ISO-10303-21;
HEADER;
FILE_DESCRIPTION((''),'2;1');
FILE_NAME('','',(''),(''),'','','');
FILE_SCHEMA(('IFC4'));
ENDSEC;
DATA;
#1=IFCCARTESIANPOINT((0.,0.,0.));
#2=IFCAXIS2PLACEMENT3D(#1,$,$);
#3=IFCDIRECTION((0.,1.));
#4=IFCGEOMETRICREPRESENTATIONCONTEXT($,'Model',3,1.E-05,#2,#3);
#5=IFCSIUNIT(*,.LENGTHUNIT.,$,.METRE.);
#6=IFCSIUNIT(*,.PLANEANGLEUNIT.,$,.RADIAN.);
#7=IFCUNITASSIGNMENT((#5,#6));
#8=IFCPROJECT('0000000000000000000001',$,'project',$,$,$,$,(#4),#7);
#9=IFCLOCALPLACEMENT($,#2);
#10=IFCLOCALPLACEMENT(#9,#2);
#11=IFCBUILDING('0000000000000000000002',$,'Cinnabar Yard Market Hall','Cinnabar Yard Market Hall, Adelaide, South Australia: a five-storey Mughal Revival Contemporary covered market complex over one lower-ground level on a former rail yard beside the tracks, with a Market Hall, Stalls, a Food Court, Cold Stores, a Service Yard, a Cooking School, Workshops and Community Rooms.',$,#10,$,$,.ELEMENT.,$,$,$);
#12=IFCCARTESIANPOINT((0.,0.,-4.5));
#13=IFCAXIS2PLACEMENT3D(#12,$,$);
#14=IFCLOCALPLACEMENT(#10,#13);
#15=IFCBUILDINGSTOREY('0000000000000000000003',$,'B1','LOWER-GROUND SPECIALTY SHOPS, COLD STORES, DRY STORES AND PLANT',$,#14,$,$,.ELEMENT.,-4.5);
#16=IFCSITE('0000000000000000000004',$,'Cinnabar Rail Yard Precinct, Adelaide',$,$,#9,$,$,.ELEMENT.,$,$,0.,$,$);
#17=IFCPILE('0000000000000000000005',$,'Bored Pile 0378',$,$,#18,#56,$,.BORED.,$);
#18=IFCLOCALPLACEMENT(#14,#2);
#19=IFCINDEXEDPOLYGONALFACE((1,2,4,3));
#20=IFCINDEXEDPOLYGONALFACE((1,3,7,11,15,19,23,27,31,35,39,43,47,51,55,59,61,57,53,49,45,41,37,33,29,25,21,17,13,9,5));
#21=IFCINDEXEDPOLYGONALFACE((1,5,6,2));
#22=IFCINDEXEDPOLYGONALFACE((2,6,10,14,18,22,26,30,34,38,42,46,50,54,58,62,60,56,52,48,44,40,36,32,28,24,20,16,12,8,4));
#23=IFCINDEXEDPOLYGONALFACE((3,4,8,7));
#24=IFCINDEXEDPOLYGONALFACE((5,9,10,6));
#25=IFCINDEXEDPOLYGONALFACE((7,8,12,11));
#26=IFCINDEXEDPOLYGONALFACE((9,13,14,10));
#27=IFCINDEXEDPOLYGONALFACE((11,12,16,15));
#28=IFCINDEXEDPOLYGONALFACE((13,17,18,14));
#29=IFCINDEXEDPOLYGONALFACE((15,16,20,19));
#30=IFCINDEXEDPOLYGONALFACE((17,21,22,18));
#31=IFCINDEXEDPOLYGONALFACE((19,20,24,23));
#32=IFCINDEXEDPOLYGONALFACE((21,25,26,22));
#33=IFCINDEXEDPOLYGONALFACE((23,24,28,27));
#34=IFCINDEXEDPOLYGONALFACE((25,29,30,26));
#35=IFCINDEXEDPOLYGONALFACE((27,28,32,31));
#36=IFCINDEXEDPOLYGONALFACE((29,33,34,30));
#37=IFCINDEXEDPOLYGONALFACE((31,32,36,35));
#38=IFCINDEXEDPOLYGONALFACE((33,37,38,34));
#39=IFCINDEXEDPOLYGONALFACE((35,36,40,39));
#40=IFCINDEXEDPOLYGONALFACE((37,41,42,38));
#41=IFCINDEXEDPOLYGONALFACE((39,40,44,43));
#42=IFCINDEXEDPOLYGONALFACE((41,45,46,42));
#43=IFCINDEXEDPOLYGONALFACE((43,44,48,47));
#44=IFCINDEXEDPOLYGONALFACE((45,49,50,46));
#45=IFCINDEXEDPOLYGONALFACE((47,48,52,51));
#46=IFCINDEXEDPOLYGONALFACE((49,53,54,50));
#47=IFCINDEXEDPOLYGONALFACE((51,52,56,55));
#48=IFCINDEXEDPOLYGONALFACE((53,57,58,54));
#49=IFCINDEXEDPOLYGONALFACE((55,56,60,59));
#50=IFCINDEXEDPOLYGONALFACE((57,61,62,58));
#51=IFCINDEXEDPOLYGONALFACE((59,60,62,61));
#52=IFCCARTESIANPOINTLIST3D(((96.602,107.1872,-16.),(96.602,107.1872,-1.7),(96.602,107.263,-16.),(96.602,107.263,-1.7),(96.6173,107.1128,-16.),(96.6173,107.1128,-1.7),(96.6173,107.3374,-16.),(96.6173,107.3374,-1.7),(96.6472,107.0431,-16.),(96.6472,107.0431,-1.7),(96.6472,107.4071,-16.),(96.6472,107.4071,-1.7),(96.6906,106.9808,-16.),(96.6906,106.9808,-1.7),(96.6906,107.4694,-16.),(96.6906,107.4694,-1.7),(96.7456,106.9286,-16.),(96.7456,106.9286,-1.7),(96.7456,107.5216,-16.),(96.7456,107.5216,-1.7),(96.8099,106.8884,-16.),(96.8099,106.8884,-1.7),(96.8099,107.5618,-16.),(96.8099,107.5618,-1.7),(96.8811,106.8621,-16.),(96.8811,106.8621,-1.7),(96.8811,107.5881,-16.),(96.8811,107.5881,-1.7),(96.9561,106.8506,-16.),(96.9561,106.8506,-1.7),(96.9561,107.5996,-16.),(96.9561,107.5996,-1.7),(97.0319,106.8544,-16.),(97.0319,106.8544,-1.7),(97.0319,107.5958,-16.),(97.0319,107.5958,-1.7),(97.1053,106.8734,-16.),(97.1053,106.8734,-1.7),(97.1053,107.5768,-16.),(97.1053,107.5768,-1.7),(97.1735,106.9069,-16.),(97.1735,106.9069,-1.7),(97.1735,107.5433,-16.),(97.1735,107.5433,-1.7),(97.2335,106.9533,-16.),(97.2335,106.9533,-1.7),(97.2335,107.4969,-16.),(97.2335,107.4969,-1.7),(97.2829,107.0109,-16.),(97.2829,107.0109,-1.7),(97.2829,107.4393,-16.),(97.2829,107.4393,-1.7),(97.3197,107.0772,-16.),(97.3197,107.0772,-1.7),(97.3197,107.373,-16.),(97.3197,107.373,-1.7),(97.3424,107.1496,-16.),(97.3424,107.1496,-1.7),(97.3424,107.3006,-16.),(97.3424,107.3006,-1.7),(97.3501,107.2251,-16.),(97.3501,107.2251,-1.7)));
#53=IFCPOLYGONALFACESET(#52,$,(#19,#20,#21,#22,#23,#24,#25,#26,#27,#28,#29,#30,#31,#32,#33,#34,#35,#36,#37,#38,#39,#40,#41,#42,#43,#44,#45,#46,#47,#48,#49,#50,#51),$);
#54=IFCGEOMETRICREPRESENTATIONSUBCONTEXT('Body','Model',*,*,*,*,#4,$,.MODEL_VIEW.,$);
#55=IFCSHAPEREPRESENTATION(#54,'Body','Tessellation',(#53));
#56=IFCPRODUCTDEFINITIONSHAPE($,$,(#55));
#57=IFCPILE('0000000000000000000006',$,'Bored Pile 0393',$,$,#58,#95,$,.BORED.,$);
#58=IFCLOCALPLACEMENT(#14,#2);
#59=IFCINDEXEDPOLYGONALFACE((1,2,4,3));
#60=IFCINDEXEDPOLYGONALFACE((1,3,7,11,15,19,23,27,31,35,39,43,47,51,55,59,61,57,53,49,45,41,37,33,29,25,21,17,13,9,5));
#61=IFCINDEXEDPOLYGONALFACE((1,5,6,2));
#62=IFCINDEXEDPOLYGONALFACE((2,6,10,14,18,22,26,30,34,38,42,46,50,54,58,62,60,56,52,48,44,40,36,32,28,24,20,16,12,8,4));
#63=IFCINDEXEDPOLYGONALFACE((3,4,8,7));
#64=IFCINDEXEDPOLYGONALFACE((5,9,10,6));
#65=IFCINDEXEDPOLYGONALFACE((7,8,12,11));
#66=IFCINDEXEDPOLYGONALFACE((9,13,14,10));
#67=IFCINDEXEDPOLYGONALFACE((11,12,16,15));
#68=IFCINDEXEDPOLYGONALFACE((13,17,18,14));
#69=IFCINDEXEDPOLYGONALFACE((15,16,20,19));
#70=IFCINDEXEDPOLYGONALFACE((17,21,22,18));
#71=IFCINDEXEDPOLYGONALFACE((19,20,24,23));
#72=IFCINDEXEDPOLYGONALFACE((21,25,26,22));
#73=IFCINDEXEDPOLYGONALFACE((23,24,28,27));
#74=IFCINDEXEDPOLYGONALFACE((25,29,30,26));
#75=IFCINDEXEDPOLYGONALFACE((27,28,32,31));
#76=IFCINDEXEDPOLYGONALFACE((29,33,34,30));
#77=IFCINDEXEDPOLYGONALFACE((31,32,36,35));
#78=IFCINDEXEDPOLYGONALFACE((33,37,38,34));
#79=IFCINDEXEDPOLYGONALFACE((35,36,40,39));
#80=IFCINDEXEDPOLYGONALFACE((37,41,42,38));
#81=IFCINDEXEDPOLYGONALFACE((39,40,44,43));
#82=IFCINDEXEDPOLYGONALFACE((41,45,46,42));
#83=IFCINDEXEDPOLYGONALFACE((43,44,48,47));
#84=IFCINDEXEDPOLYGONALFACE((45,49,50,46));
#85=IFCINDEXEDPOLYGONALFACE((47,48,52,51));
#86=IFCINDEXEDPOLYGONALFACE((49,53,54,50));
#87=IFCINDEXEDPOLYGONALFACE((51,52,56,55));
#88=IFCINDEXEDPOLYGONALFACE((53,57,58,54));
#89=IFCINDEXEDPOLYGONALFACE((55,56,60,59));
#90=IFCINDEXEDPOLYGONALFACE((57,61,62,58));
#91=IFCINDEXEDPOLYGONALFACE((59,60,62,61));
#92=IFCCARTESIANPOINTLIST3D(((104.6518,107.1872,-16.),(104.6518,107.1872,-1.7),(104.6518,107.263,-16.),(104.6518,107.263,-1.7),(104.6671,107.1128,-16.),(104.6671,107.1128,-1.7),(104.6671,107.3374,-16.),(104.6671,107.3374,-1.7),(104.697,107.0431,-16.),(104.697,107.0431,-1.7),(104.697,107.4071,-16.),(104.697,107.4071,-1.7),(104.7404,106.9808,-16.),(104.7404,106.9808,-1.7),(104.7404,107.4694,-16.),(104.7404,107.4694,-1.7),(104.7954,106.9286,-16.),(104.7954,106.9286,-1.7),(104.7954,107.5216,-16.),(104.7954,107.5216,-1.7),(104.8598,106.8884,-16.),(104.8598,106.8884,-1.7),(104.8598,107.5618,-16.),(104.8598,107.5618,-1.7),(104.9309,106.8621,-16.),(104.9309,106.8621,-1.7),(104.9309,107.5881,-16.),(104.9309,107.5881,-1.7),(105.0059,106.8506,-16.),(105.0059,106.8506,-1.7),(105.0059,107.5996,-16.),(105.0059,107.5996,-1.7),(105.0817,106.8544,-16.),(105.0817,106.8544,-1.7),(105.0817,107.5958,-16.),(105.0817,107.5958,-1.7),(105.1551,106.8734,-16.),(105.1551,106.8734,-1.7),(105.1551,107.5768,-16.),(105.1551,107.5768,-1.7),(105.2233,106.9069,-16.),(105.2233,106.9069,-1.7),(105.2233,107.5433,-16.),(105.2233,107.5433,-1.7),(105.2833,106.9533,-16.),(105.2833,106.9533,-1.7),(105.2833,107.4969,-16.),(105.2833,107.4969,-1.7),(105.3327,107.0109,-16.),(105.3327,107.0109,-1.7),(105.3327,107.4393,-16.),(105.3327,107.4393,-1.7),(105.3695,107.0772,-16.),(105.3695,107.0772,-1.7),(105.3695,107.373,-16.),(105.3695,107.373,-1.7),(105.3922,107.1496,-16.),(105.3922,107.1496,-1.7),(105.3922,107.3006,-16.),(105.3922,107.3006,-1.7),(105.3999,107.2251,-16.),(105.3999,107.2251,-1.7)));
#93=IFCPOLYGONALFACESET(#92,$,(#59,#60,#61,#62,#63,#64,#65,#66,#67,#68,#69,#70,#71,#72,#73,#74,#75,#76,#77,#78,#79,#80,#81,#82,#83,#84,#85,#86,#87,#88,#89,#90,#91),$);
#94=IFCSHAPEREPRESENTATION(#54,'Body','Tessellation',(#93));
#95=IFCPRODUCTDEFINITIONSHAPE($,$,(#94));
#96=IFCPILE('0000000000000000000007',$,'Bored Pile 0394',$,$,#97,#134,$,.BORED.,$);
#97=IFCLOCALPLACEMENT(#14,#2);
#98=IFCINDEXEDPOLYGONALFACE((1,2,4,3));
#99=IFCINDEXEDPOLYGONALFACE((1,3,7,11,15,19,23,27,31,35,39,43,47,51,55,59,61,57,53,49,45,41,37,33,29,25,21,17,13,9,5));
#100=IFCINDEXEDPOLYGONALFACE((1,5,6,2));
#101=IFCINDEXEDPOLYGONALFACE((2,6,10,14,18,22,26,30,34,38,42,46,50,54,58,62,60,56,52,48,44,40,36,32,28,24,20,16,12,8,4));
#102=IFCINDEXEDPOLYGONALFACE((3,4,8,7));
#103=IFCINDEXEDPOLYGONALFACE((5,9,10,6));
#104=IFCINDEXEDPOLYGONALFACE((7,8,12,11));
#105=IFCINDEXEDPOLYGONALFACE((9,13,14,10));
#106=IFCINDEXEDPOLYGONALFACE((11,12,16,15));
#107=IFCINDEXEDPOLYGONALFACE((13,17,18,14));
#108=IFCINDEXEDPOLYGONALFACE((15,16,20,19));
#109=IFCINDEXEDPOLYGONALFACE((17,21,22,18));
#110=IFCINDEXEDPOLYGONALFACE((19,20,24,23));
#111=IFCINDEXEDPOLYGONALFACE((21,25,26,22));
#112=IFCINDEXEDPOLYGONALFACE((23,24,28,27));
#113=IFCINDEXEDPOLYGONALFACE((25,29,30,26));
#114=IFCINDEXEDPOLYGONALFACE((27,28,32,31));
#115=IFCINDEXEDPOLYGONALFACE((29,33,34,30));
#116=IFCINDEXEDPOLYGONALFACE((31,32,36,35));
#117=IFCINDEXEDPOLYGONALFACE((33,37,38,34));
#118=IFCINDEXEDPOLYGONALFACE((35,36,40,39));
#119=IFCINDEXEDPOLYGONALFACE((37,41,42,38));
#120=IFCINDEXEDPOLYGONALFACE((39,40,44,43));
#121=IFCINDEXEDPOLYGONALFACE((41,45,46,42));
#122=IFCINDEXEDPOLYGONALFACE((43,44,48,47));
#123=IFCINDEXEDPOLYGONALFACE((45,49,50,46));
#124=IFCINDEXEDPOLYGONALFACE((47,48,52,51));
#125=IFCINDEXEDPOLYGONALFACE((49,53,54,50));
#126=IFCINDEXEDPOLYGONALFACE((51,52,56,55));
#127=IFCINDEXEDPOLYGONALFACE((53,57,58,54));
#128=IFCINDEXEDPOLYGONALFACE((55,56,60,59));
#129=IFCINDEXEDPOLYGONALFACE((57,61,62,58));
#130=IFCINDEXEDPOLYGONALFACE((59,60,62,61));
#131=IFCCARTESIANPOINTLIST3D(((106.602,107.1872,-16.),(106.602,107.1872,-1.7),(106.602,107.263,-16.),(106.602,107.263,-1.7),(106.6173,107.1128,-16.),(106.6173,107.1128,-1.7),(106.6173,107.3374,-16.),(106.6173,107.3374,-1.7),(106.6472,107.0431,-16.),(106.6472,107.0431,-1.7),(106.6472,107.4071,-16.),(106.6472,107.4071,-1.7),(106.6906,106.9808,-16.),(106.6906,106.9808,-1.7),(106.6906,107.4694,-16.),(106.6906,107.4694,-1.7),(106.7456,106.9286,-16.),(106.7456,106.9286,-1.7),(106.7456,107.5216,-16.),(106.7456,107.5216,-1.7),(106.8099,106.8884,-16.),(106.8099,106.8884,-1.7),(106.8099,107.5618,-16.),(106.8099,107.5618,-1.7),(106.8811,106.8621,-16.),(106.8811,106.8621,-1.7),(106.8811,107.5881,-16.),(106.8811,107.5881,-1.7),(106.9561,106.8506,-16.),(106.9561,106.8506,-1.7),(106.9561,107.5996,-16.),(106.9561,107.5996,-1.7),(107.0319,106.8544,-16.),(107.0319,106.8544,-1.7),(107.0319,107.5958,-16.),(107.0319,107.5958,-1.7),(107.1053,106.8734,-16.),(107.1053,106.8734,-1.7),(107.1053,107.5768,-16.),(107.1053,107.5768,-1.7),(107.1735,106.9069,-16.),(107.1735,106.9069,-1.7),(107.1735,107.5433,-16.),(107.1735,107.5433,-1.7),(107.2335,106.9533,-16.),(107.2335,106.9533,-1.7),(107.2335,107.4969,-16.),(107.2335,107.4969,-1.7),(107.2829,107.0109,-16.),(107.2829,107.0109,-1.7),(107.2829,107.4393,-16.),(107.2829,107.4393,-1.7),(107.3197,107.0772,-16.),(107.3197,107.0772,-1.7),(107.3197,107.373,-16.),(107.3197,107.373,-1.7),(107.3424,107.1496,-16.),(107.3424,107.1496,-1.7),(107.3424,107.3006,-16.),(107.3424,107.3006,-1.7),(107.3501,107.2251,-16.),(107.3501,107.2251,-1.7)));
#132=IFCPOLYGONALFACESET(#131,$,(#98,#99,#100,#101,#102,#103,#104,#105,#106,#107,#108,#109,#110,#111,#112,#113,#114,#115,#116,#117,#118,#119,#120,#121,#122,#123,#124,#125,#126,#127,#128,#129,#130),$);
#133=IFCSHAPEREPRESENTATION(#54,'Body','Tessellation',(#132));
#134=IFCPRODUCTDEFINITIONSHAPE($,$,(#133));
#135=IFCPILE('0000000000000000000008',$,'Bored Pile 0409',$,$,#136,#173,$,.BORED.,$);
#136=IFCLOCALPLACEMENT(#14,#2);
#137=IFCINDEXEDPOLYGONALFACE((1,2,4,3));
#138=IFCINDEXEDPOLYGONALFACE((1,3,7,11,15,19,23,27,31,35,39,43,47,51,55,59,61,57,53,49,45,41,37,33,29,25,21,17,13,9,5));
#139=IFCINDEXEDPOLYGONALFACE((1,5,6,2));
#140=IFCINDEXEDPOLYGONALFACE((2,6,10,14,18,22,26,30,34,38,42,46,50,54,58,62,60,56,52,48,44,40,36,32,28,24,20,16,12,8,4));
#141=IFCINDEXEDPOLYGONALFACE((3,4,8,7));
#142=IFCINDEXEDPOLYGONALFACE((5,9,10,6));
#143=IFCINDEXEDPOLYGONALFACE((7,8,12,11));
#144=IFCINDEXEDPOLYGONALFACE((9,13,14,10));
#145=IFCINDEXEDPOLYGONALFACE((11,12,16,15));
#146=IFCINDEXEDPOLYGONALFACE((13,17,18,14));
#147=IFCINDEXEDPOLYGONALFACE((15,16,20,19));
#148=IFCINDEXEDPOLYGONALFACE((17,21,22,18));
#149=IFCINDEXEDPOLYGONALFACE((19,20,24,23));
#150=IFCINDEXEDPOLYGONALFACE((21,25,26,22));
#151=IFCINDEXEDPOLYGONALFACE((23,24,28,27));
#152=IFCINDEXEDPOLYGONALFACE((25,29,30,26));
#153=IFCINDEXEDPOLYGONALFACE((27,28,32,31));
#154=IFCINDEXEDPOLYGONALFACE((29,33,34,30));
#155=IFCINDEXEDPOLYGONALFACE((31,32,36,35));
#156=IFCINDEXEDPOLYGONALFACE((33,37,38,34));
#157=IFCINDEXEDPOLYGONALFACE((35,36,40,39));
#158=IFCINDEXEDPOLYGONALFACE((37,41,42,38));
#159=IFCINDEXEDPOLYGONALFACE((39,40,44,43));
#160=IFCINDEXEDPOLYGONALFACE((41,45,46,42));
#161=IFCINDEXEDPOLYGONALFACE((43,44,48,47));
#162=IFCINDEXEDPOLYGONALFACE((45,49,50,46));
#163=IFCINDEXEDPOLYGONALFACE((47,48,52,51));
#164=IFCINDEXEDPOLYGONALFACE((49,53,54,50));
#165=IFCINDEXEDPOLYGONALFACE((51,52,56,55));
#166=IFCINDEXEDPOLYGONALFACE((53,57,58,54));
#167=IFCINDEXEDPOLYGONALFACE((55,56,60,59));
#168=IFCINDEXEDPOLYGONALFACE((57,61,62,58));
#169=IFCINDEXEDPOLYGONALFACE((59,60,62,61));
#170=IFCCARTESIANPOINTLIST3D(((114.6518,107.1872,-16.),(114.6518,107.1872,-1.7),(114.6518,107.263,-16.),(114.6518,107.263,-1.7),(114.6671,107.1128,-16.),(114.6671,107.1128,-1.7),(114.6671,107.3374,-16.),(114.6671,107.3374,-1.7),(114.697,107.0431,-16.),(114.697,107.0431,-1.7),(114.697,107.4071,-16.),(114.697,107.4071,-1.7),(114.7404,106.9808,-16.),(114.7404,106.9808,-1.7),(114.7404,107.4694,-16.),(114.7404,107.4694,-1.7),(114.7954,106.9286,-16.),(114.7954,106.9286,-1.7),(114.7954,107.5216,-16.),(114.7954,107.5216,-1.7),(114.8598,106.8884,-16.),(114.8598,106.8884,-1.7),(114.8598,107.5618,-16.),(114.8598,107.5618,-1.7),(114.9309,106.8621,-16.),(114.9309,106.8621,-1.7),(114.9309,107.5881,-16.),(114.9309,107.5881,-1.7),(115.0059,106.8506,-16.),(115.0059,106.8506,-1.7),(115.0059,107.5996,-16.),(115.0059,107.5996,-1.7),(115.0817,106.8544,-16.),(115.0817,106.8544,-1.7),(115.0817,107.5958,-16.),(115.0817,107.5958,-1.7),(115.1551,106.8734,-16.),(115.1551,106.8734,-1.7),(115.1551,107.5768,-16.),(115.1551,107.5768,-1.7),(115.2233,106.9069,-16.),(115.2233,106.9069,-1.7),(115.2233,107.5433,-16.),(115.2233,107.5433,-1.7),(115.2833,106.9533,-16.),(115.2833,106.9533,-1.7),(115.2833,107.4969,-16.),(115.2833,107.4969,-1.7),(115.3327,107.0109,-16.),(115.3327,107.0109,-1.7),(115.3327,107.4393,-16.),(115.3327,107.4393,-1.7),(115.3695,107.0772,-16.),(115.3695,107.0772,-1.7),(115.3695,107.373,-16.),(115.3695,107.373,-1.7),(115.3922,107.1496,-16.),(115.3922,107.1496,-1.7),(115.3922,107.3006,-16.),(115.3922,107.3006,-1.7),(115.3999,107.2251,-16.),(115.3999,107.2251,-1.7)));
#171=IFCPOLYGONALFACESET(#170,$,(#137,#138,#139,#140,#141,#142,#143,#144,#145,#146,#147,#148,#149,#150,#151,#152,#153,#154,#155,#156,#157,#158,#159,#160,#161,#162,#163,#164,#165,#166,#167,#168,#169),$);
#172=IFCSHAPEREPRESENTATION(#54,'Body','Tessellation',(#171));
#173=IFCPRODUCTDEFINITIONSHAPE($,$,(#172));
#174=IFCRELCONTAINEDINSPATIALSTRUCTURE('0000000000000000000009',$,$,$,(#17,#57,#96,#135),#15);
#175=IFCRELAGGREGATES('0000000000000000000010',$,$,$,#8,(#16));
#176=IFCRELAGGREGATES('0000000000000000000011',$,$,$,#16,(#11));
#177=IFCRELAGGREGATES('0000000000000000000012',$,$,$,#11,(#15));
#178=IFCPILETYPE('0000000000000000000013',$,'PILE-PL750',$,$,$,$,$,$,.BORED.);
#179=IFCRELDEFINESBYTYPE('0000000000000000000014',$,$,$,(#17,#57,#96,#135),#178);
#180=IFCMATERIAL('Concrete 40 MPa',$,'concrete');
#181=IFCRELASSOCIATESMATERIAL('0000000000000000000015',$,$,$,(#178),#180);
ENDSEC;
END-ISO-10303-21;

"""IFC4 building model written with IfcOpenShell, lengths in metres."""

from ifc_helpers import new_model, si_unit, direction, frame, origin, origin_2d_with_axis, place, context, subcontext, project, spatial, circle, extrude, material, material_profile, profile_set, type_object, element, save


model = new_model("IFC4")

# Units and contexts
model_context = context("Model", 3, precision=1e-05, world=origin(), true_north=direction((0.0, 1.0)))
body_context = subcontext(model_context, "Body", "Model", "MODEL_VIEW")
ifc_project = project(units=[si_unit("LENGTHUNIT", "METRE"), si_unit("PLANEANGLEUNIT", "RADIAN")], contexts=[model_context])

# Site, building, storey
site_placement = place(None, origin())
site = spatial("IfcSite", under=ifc_project, at=site_placement, Name="Cinnabar Rail Yard Precinct, Adelaide", CompositionType="ELEMENT", RefElevation=0.0)
building_placement = place(site_placement, origin())
building = spatial("IfcBuilding", under=site, at=building_placement, Name="Cinnabar Yard Market Hall", Description="Cinnabar Yard Market Hall, Adelaide, South Australia: a five-storey Mughal Revival Contemporary covered market complex over one lower-ground level on a former rail yard beside the tracks, with a Market Hall, Stalls, a Food Court, Cold Stores, a Service Yard, a Cooking School, Workshops and Community Rooms.", CompositionType="ELEMENT")
storey_placement = place(building_placement, frame((0.0, 0.0, -4.5)))
storey = spatial("IfcBuildingStorey", under=building, at=storey_placement, Name="B1", Description="LOWER-GROUND SPECIALTY SHOPS, COLD STORES, DRY STORES AND PLANT", CompositionType="ELEMENT", Elevation=-4.5)

# Shared definitions
ifc_material_1 = material(Name="Concrete 40 MPa", Category="concrete")

# Piles
ifc_material_profile_1 = material_profile(ifc_material_1, circle(Radius=0.375, at=origin_2d_with_axis()), Name="PILE-D750")
ifc_profile_set_1 = profile_set([ifc_material_profile_1], Name="Concrete 40 MPa")
pile_type = type_object("IfcPileType", Name="PILE-PL750", PredefinedType="BORED", material=ifc_profile_set_1)
for number, where, z_axis, x_axis, name in (
    (1, (96.9751, 107.2251, -1.7), (0.0, 0.0, -1.0), (1.0, 0.0, 0.0), "Bored Pile 0378"),
    (2, (105.0249, 107.2251, -1.7), (0.0, 0.0, -1.0), (1.0, 0.0, 0.0), "Bored Pile 0393"),
    (3, (106.9751, 107.2251, -1.7), (0.0, 0.0, -1.0), (1.0, 0.0, 0.0), "Bored Pile 0394"),
    (4, (115.0249, 107.2251, -1.7), (0.0, 0.0, -1.0), (1.0, 0.0, 0.0), "Bored Pile 0409"),
):
    element("IfcPile", number, at=place(storey_placement, frame(where, z_axis=z_axis, x_axis=x_axis)), inside=storey, type_object=pile_type, Name=name, PredefinedType="BORED", context=body_context, shape_type="SweptSolid", body=[
        extrude(circle(Radius=0.375, at=origin_2d_with_axis()), origin(), (0.0, 0.0, 1.0), 14.3),
    ])

save(model, "model.ifc")
